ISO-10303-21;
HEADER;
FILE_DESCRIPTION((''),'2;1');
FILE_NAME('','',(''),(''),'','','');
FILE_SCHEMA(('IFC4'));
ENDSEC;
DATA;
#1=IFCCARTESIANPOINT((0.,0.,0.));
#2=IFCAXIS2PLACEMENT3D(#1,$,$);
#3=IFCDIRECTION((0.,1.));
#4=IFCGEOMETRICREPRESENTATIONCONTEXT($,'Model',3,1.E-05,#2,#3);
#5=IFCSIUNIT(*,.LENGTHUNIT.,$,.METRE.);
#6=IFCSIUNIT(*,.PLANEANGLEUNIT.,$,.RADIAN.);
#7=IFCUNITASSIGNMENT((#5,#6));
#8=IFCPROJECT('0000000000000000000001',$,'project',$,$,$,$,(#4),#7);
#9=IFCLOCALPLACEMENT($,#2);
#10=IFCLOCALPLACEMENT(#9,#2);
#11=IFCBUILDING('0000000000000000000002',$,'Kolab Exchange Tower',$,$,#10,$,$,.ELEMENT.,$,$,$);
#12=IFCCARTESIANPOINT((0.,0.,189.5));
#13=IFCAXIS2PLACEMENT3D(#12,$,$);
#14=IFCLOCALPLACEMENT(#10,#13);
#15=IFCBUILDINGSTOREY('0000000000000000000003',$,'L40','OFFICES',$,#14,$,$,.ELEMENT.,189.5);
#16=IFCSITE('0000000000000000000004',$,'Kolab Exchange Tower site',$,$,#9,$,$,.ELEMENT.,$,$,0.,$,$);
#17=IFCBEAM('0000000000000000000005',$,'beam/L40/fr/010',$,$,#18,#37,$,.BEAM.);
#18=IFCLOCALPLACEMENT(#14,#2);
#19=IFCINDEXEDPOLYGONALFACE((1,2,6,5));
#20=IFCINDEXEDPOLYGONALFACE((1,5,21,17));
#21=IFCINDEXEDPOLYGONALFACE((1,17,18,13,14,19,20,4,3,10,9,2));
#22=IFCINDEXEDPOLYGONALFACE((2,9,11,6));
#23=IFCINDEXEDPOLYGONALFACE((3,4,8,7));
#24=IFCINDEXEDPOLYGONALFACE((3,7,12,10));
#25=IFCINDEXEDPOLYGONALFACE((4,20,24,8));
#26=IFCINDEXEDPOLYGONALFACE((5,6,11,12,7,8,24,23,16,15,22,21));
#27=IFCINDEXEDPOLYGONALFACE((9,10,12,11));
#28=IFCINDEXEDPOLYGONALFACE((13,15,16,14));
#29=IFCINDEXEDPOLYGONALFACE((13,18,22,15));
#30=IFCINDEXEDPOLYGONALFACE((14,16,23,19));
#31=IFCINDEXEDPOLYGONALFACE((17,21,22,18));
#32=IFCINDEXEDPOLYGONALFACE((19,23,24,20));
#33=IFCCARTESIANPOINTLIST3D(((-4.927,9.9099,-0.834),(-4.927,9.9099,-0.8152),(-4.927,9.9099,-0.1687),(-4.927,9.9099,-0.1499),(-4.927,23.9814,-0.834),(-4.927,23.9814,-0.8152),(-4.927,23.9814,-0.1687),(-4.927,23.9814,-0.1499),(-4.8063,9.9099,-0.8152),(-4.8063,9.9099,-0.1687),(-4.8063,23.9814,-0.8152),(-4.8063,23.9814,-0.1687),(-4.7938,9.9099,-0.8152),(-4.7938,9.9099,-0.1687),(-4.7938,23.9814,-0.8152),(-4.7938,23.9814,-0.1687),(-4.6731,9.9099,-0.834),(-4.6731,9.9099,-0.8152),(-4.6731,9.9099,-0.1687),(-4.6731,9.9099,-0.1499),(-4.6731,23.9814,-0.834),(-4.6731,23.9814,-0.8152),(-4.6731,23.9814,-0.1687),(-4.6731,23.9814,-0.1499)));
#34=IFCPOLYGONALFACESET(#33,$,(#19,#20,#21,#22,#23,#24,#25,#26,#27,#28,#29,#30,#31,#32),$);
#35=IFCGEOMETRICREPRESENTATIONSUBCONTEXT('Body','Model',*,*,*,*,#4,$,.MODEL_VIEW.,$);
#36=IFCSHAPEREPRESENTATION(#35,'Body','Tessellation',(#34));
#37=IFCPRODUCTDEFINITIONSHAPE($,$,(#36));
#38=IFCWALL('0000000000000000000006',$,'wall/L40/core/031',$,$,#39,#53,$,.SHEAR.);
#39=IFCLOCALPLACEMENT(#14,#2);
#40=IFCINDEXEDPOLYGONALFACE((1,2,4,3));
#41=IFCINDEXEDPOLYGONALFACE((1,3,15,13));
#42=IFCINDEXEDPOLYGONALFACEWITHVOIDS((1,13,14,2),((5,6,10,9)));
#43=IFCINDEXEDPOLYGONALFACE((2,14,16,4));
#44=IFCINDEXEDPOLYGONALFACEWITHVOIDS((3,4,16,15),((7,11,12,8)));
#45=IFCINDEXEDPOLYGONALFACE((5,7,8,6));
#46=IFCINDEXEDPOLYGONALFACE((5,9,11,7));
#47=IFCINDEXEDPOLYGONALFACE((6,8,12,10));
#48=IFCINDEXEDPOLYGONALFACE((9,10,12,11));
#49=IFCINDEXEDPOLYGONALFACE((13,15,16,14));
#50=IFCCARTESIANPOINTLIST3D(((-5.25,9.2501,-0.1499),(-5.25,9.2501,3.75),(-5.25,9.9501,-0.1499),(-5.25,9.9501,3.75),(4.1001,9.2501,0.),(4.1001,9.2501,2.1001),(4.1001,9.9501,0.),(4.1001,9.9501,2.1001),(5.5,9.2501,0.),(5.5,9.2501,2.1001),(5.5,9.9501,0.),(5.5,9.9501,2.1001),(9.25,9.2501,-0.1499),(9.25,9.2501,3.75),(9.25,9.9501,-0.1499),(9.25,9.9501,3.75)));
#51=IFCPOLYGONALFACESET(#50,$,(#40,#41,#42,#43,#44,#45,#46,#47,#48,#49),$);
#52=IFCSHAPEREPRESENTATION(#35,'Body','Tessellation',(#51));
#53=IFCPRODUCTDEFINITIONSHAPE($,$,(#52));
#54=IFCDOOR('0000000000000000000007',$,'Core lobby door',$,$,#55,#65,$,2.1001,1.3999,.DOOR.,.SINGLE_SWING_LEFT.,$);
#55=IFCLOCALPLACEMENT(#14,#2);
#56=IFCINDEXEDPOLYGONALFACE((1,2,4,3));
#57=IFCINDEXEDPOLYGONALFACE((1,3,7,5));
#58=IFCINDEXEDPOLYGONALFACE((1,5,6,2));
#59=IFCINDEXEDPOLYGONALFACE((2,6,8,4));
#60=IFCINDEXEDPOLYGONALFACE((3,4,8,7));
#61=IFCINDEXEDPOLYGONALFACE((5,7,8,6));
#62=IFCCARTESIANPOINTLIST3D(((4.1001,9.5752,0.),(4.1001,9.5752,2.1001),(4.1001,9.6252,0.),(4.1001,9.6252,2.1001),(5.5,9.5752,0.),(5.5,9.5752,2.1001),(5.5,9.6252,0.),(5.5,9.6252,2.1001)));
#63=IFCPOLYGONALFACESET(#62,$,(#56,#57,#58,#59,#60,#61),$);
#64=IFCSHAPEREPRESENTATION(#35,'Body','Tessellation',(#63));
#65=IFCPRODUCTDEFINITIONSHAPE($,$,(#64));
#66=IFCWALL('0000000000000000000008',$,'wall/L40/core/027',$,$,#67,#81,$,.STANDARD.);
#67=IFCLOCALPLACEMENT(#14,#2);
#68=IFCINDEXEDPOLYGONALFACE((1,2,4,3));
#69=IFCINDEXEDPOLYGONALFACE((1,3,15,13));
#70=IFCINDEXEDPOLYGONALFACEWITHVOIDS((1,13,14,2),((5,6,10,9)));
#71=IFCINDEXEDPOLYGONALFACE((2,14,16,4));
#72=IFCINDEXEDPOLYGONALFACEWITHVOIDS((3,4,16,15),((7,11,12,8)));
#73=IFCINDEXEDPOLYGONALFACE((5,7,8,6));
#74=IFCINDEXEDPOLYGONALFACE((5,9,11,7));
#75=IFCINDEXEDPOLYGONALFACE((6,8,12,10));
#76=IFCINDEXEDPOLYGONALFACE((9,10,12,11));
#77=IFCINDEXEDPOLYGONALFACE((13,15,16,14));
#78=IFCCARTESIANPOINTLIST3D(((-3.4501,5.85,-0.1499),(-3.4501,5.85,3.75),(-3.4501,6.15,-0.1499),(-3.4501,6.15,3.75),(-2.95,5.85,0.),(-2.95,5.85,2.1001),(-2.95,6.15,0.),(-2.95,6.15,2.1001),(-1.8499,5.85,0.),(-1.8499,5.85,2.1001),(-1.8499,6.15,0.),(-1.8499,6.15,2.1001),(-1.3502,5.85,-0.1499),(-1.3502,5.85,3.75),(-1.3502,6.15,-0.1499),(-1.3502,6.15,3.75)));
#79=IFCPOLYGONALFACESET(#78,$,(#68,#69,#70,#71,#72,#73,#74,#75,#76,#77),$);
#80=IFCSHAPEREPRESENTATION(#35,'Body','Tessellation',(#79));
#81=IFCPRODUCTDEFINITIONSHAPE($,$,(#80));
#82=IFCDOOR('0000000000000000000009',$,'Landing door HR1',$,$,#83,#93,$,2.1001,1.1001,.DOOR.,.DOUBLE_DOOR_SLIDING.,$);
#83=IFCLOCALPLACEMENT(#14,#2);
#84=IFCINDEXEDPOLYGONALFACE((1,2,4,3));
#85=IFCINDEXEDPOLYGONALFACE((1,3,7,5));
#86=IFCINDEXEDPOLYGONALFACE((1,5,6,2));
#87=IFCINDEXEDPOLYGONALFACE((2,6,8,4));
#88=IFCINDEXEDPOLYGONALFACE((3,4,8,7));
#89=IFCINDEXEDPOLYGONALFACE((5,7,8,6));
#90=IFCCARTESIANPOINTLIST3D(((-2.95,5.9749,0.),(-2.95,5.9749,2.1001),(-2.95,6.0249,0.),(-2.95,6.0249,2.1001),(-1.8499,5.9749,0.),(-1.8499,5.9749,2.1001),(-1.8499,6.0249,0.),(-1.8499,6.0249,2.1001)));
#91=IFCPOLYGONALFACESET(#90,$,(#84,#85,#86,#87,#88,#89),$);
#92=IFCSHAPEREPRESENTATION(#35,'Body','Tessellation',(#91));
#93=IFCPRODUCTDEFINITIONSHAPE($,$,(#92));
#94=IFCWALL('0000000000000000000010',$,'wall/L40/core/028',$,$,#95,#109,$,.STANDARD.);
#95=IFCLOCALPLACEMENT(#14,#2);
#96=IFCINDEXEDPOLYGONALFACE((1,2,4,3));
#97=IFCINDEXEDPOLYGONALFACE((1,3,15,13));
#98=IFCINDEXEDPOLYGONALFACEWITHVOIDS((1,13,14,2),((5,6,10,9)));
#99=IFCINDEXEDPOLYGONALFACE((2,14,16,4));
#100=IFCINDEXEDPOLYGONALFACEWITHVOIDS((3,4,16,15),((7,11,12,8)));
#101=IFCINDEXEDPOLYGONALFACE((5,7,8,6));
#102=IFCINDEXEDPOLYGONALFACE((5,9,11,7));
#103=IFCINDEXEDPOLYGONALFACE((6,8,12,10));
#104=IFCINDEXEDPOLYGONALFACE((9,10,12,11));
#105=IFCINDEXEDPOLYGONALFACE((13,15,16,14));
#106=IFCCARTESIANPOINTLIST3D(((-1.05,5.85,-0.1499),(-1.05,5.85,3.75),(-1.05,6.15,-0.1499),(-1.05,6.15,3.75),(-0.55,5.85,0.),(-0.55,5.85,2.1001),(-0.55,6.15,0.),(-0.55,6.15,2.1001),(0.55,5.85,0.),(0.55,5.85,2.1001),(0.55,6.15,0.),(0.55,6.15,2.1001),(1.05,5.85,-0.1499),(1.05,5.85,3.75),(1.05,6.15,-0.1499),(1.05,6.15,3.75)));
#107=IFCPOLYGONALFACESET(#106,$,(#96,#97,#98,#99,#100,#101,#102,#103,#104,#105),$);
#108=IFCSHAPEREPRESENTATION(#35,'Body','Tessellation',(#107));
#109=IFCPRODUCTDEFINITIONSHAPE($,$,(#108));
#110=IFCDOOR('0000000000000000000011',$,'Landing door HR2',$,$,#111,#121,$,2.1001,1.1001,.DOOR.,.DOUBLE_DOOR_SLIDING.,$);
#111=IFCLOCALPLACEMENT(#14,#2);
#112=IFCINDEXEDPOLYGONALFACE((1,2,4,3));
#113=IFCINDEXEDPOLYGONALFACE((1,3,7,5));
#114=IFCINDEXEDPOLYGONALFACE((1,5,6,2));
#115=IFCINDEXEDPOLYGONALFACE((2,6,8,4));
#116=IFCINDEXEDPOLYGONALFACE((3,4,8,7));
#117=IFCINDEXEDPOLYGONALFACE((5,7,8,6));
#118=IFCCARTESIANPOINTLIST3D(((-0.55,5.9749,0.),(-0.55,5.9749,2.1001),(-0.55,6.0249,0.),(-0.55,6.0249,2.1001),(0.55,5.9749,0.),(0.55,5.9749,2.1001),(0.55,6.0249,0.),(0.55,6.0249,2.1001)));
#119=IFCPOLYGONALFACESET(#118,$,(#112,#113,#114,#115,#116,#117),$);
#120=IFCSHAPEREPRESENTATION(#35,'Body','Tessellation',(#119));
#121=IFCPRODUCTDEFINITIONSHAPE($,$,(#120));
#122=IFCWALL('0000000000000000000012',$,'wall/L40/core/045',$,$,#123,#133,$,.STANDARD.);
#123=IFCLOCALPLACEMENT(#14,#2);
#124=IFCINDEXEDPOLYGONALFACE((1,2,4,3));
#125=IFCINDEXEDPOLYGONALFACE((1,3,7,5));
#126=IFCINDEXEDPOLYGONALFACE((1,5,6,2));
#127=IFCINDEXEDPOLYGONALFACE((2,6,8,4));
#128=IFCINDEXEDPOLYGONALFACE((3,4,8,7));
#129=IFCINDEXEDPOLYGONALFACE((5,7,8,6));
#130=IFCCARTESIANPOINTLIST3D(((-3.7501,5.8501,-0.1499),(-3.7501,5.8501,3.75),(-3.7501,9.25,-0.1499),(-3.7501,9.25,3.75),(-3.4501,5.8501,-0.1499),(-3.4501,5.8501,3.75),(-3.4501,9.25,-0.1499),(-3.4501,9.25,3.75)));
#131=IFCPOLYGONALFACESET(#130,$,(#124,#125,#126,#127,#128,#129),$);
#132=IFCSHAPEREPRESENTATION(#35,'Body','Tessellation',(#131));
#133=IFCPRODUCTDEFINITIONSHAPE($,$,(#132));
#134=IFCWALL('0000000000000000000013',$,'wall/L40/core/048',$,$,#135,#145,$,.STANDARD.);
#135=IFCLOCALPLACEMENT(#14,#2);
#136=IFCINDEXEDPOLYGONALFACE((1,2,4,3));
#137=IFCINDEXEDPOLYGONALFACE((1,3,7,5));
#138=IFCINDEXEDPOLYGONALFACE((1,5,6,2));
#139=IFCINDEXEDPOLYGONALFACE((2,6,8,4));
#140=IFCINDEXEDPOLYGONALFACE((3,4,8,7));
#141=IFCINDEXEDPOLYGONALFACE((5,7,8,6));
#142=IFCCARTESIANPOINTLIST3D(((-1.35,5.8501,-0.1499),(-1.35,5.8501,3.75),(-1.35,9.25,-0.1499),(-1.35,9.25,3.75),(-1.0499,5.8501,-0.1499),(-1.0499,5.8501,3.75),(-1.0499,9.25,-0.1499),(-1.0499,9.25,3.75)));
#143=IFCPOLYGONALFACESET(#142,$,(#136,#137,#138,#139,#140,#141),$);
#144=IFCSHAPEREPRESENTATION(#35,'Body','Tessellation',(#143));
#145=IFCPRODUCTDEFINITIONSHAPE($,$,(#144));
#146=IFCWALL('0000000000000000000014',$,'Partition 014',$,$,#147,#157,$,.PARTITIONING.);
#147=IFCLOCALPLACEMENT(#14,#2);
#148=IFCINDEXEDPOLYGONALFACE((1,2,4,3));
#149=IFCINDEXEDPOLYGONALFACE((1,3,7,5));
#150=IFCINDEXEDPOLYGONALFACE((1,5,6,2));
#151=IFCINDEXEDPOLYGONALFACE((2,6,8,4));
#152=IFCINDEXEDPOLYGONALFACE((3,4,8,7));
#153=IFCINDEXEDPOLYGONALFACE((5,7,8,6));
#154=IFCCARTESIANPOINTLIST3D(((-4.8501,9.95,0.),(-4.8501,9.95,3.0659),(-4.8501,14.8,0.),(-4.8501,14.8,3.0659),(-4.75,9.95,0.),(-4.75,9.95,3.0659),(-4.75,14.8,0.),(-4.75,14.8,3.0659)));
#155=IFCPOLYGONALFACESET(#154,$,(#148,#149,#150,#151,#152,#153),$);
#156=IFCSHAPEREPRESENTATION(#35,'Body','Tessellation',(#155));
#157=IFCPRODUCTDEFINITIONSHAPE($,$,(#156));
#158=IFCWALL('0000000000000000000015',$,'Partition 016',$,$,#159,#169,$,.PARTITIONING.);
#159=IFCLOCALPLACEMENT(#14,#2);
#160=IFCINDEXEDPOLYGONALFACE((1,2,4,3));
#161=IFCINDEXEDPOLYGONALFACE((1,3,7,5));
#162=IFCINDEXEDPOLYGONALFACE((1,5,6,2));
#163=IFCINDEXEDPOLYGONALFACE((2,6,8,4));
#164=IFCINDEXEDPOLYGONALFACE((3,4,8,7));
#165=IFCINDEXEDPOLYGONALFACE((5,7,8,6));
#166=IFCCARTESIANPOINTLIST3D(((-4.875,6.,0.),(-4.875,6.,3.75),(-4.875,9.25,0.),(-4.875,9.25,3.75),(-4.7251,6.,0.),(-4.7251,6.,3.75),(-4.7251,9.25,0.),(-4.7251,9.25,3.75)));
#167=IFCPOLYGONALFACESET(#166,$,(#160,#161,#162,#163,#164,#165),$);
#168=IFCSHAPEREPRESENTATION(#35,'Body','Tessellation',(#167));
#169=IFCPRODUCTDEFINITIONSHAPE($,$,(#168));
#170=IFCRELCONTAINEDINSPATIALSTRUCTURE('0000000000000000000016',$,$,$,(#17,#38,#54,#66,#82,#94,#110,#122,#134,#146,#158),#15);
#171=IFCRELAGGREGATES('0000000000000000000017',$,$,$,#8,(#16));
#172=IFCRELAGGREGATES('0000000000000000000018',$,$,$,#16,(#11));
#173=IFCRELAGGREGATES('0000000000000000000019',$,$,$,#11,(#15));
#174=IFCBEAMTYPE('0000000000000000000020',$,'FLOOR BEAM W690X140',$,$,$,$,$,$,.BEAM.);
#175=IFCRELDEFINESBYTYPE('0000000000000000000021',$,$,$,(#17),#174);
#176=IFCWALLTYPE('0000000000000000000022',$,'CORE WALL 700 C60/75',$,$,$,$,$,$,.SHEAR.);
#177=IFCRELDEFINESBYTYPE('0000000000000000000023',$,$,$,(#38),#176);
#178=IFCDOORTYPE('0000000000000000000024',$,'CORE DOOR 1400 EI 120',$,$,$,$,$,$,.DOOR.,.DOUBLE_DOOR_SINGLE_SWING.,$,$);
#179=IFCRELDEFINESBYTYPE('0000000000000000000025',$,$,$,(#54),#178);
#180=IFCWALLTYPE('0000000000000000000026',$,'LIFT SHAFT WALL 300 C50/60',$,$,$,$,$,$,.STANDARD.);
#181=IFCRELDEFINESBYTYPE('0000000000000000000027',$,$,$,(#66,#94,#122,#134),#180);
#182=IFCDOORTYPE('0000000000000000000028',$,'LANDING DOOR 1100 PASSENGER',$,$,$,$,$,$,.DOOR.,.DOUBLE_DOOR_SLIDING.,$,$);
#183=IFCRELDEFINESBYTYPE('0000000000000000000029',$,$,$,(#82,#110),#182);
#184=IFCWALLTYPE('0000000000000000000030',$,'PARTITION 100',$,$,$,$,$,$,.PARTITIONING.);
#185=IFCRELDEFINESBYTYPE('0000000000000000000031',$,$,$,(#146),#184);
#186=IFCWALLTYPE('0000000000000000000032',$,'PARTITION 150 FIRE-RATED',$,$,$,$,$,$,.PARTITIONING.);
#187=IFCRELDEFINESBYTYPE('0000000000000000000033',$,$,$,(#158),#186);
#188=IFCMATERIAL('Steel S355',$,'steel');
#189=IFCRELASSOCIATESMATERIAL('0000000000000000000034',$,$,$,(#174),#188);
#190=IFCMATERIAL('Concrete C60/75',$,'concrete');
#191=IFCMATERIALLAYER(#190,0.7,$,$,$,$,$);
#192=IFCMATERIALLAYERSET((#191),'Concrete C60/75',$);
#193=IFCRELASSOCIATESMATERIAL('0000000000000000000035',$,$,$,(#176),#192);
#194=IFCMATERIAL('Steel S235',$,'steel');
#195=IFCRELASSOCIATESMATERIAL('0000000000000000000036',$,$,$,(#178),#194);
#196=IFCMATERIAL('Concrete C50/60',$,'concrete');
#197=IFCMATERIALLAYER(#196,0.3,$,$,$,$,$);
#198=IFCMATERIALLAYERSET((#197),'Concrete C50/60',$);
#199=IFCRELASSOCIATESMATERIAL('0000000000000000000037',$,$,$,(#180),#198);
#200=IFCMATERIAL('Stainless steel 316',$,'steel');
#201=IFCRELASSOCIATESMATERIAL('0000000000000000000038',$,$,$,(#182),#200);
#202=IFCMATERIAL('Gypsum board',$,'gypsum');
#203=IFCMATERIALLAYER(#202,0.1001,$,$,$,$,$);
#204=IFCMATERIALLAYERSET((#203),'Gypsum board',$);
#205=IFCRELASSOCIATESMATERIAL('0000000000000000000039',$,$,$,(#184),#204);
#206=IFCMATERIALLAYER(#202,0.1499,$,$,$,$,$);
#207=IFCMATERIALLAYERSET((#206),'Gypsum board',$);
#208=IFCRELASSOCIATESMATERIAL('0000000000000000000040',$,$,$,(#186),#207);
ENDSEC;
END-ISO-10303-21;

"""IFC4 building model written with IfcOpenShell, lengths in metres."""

from ifc_helpers import new_model, si_unit, direction, frame, frame_2d, origin, origin_2d, place, context, subcontext, project, spatial, rectangle, i_section, extrude, material, layer, layer_set, material_profile, profile_set, type_object, element, fill, save


model = new_model("IFC4")

# Units and contexts
model_context = context("Model", 3, precision=1e-05, world=origin(), true_north=direction((0.0, 1.0)))
body_context = subcontext(model_context, "Body", "Model", "MODEL_VIEW")
ifc_project = project(units=[si_unit("LENGTHUNIT", "METRE"), si_unit("PLANEANGLEUNIT", "RADIAN")], contexts=[model_context])

# Site, building, storey
site_placement = place(None, origin())
site = spatial("IfcSite", under=ifc_project, at=site_placement, Name="Kolab Exchange Tower site", CompositionType="ELEMENT", RefElevation=0.0)
building_placement = place(site_placement, origin())
building = spatial("IfcBuilding", under=site, at=building_placement, Name="Kolab Exchange Tower", CompositionType="ELEMENT")
storey_placement = place(building_placement, frame((0.0, 0.0, 189.5)))
storey = spatial("IfcBuildingStorey", under=building, at=storey_placement, Name="L40", Description="OFFICES", CompositionType="ELEMENT", Elevation=189.5)

# Beam
ifc_material_1 = material(Name="Steel S355", Category="steel")
ifc_material_profile = material_profile(ifc_material_1, i_section(OverallWidth=0.2539, OverallDepth=0.6841, WebThickness=0.0125, FlangeThickness=0.0188, at=origin_2d()), Name="W690X140")
ifc_profile_set = profile_set([ifc_material_profile], Name="Steel S355")
beam_type = type_object("IfcBeamType", Name="FLOOR BEAM W690X140", PredefinedType="BEAM", material=ifc_profile_set)
beam_placement = place(storey_placement, frame((-4.8, 9.9099, -0.4919), z_axis=(0.0, 1.0, 0.0), x_axis=(-1.0, 0.0, 0.0)))
element("IfcBeam", 1, at=beam_placement, inside=storey, type_object=beam_type, Name="beam/L40/fr/010", PredefinedType="BEAM", context=body_context, shape_type="SweptSolid", body=[
    extrude(i_section(OverallWidth=0.2539, OverallDepth=0.6841, WebThickness=0.0125, FlangeThickness=0.0188, at=origin_2d()), origin(), (0.0, 0.0, 1.0), 14.0715),
])

# Walls, openings, doors
ifc_material_2 = material(Name="Concrete C60/75", Category="concrete")
ifc_layer_1 = layer(ifc_material_2, 0.7)
ifc_layer_set_1 = layer_set([ifc_layer_1], Name="Concrete C60/75")
wall_type_1 = type_object("IfcWallType", Name="CORE WALL 700 C60/75", PredefinedType="SHEAR", material=ifc_layer_set_1)
wall_1_placement = place(storey_placement, frame((-5.25, 9.6001, -0.1499), z_axis=(0.0, 0.0, 1.0), x_axis=(1.0, 0.0, 0.0)))
wall_1 = element("IfcWall", 2, at=wall_1_placement, inside=storey, type_object=wall_type_1, Name="wall/L40/core/031", PredefinedType="SHEAR", context=body_context, shape_type="SweptSolid", body=[
    extrude(rectangle(XDim=14.5, YDim=0.7, at=frame_2d((7.25, 0.0))), origin(), (0.0, 0.0, 1.0), 3.8999),
])
opening_1_placement = place(wall_1_placement, frame((9.3501, 0.0, 0.1499)))
opening_1 = element("IfcOpeningElement", 3, at=opening_1_placement, cuts=wall_1, PredefinedType="OPENING", context=body_context, shape_type="SweptSolid", body=[
    extrude(rectangle(XDim=1.3999, YDim=2.1001, at=frame_2d((0.7, 1.05))), frame((0.0, 0.3599, 0.0), z_axis=(0.0, -1.0, 0.0), x_axis=(1.0, 0.0, 0.0)), (0.0, 0.0, 1.0), 0.72),
])
ifc_material_3 = material(Name="Steel S235", Category="steel")
door_type_1 = type_object("IfcDoorType", Name="CORE DOOR 1400 EI 120", OperationType="DOUBLE_DOOR_SINGLE_SWING", PredefinedType="DOOR", material=ifc_material_3)
door_1_placement = place(opening_1_placement, frame((1.3999, 0.0, 0.0), z_axis=(0.0, 0.0, 1.0), x_axis=(-1.0, 0.0, 0.0)))
door_1 = element("IfcDoor", 4, at=door_1_placement, inside=storey, type_object=door_type_1, Name="Core lobby door", OperationType="SINGLE_SWING_LEFT", OverallHeight=2.1001, OverallWidth=1.3999, PredefinedType="DOOR", context=body_context, shape_type="SweptSolid", body=[
    extrude(rectangle(XDim=1.3999, YDim=2.1001, at=frame_2d((0.7, 1.05))), frame((0.0, 0.0249, 0.0), z_axis=(0.0, -1.0, 0.0), x_axis=(1.0, 0.0, 0.0)), (0.0, 0.0, 1.0), 0.05),
])
fill(opening_1, door_1)
ifc_material_4 = material(Name="Concrete C50/60", Category="concrete")
ifc_layer_2 = layer(ifc_material_4, 0.3)
ifc_layer_set_2 = layer_set([ifc_layer_2], Name="Concrete C50/60")
wall_type_2 = type_object("IfcWallType", Name="LIFT SHAFT WALL 300 C50/60", PredefinedType="STANDARD", material=ifc_layer_set_2)
wall_2_placement = place(storey_placement, frame((-3.45, 6.0, -0.1499), z_axis=(0.0, 0.0, 1.0), x_axis=(1.0, 0.0, 0.0)))
wall_2 = element("IfcWall", 5, at=wall_2_placement, inside=storey, type_object=wall_type_2, Name="wall/L40/core/027", PredefinedType="STANDARD", context=body_context, shape_type="SweptSolid", body=[
    extrude(rectangle(XDim=2.0999, YDim=0.3, at=frame_2d((1.0498, 0.0))), origin(), (0.0, 0.0, 1.0), 3.8999),
])
opening_2_placement = place(wall_2_placement, frame((0.5, 0.0, 0.1499)))
opening_2 = element("IfcOpeningElement", 6, at=opening_2_placement, cuts=wall_2, PredefinedType="OPENING", context=body_context, shape_type="SweptSolid", body=[
    extrude(rectangle(XDim=1.1001, YDim=2.1001, at=frame_2d((0.55, 1.05))), frame((0.0, 0.1602, 0.0), z_axis=(0.0, -1.0, 0.0), x_axis=(1.0, 0.0, 0.0)), (0.0, 0.0, 1.0), 0.3201),
])
ifc_material_5 = material(Name="Stainless steel 316", Category="steel")
door_type_2 = type_object("IfcDoorType", Name="LANDING DOOR 1100 PASSENGER", OperationType="DOUBLE_DOOR_SLIDING", PredefinedType="DOOR", material=ifc_material_5)
door_2_placement = place(opening_2_placement, origin())
door_2 = element("IfcDoor", 7, at=door_2_placement, inside=storey, type_object=door_type_2, Name="Landing door HR1", OperationType="DOUBLE_DOOR_SLIDING", OverallHeight=2.1001, OverallWidth=1.1001, PredefinedType="DOOR", context=body_context, shape_type="SweptSolid", body=[
    extrude(rectangle(XDim=1.1001, YDim=2.1001, at=frame_2d((0.55, 1.05))), frame((0.0, 0.0249, 0.0), z_axis=(0.0, -1.0, 0.0), x_axis=(1.0, 0.0, 0.0)), (0.0, 0.0, 1.0), 0.05),
])
fill(opening_2, door_2)
wall_3_placement = place(storey_placement, frame((-1.05, 6.0, -0.1499), z_axis=(0.0, 0.0, 1.0), x_axis=(1.0, 0.0, 0.0)))
wall_3 = element("IfcWall", 8, at=wall_3_placement, inside=storey, type_object=wall_type_2, Name="wall/L40/core/028", PredefinedType="STANDARD", context=body_context, shape_type="SweptSolid", body=[
    extrude(rectangle(XDim=2.1001, YDim=0.3, at=frame_2d((1.05, 0.0))), origin(), (0.0, 0.0, 1.0), 3.8999),
])
opening_3_placement = place(wall_3_placement, frame((0.5, 0.0, 0.1499)))
opening_3 = element("IfcOpeningElement", 9, at=opening_3_placement, cuts=wall_3, PredefinedType="OPENING", context=body_context, shape_type="SweptSolid", body=[
    extrude(rectangle(XDim=1.1001, YDim=2.1001, at=frame_2d((0.55, 1.05))), frame((0.0, 0.1602, 0.0), z_axis=(0.0, -1.0, 0.0), x_axis=(1.0, 0.0, 0.0)), (0.0, 0.0, 1.0), 0.3201),
])
door_3_placement = place(opening_3_placement, origin())
door_3 = element("IfcDoor", 10, at=door_3_placement, inside=storey, type_object=door_type_2, Name="Landing door HR2", OperationType="DOUBLE_DOOR_SLIDING", OverallHeight=2.1001, OverallWidth=1.1001, PredefinedType="DOOR", context=body_context, shape_type="SweptSolid", body=[
    extrude(rectangle(XDim=1.1001, YDim=2.1001, at=frame_2d((0.55, 1.05))), frame((0.0, 0.0249, 0.0), z_axis=(0.0, -1.0, 0.0), x_axis=(1.0, 0.0, 0.0)), (0.0, 0.0, 1.0), 0.05),
])
fill(opening_3, door_3)

# Walls
for number, where, z_axis, x_axis, name in (
    (11, (-3.6001, 5.8501, -0.1499), (0.0, 0.0, 1.0), (0.0, 1.0, 0.0), "wall/L40/core/045"),
    (12, (-1.2, 5.8501, -0.1499), (0.0, 0.0, 1.0), (0.0, 1.0, 0.0), "wall/L40/core/048"),
):
    element("IfcWall", number, at=place(storey_placement, frame(where, z_axis=z_axis, x_axis=x_axis)), inside=storey, type_object=wall_type_2, Name=name, PredefinedType="STANDARD", context=body_context, shape_type="SweptSolid", body=[
        extrude(rectangle(XDim=3.3999, YDim=0.3, at=frame_2d((1.7, 0.0))), origin(), (0.0, 0.0, 1.0), 3.8999),
    ])
ifc_material_6 = material(Name="Gypsum board", Category="gypsum")
ifc_layer_3 = layer(ifc_material_6, 0.1001)
ifc_layer_set_3 = layer_set([ifc_layer_3], Name="Gypsum board")
wall_type_3 = type_object("IfcWallType", Name="PARTITION 100", PredefinedType="PARTITIONING", material=ifc_layer_set_3)
wall_4_placement = place(storey_placement, frame((-4.8, 9.95, 0.0), z_axis=(0.0, 0.0, 1.0), x_axis=(0.0, 1.0, 0.0)))
element("IfcWall", 13, at=wall_4_placement, inside=storey, type_object=wall_type_3, Name="Partition 014", PredefinedType="PARTITIONING", context=body_context, shape_type="SweptSolid", body=[
    extrude(rectangle(XDim=4.8501, YDim=0.1001, at=frame_2d((2.425, 0.0))), origin(), (0.0, 0.0, 1.0), 3.0659),
])
ifc_layer_4 = layer(ifc_material_6, 0.1499)
ifc_layer_set_4 = layer_set([ifc_layer_4], Name="Gypsum board")
wall_type_4 = type_object("IfcWallType", Name="PARTITION 150 FIRE-RATED", PredefinedType="PARTITIONING", material=ifc_layer_set_4)
wall_5_placement = place(storey_placement, frame((-4.8, 6.0, 0.0), z_axis=(0.0, 0.0, 1.0), x_axis=(0.0, 1.0, 0.0)))
element("IfcWall", 14, at=wall_5_placement, inside=storey, type_object=wall_type_4, Name="Partition 016", PredefinedType="PARTITIONING", context=body_context, shape_type="SweptSolid", body=[
    extrude(rectangle(XDim=3.25, YDim=0.1499, at=frame_2d((1.625, 0.0))), origin(), (0.0, 0.0, 1.0), 3.75),
])

save(model, "model.ifc")
